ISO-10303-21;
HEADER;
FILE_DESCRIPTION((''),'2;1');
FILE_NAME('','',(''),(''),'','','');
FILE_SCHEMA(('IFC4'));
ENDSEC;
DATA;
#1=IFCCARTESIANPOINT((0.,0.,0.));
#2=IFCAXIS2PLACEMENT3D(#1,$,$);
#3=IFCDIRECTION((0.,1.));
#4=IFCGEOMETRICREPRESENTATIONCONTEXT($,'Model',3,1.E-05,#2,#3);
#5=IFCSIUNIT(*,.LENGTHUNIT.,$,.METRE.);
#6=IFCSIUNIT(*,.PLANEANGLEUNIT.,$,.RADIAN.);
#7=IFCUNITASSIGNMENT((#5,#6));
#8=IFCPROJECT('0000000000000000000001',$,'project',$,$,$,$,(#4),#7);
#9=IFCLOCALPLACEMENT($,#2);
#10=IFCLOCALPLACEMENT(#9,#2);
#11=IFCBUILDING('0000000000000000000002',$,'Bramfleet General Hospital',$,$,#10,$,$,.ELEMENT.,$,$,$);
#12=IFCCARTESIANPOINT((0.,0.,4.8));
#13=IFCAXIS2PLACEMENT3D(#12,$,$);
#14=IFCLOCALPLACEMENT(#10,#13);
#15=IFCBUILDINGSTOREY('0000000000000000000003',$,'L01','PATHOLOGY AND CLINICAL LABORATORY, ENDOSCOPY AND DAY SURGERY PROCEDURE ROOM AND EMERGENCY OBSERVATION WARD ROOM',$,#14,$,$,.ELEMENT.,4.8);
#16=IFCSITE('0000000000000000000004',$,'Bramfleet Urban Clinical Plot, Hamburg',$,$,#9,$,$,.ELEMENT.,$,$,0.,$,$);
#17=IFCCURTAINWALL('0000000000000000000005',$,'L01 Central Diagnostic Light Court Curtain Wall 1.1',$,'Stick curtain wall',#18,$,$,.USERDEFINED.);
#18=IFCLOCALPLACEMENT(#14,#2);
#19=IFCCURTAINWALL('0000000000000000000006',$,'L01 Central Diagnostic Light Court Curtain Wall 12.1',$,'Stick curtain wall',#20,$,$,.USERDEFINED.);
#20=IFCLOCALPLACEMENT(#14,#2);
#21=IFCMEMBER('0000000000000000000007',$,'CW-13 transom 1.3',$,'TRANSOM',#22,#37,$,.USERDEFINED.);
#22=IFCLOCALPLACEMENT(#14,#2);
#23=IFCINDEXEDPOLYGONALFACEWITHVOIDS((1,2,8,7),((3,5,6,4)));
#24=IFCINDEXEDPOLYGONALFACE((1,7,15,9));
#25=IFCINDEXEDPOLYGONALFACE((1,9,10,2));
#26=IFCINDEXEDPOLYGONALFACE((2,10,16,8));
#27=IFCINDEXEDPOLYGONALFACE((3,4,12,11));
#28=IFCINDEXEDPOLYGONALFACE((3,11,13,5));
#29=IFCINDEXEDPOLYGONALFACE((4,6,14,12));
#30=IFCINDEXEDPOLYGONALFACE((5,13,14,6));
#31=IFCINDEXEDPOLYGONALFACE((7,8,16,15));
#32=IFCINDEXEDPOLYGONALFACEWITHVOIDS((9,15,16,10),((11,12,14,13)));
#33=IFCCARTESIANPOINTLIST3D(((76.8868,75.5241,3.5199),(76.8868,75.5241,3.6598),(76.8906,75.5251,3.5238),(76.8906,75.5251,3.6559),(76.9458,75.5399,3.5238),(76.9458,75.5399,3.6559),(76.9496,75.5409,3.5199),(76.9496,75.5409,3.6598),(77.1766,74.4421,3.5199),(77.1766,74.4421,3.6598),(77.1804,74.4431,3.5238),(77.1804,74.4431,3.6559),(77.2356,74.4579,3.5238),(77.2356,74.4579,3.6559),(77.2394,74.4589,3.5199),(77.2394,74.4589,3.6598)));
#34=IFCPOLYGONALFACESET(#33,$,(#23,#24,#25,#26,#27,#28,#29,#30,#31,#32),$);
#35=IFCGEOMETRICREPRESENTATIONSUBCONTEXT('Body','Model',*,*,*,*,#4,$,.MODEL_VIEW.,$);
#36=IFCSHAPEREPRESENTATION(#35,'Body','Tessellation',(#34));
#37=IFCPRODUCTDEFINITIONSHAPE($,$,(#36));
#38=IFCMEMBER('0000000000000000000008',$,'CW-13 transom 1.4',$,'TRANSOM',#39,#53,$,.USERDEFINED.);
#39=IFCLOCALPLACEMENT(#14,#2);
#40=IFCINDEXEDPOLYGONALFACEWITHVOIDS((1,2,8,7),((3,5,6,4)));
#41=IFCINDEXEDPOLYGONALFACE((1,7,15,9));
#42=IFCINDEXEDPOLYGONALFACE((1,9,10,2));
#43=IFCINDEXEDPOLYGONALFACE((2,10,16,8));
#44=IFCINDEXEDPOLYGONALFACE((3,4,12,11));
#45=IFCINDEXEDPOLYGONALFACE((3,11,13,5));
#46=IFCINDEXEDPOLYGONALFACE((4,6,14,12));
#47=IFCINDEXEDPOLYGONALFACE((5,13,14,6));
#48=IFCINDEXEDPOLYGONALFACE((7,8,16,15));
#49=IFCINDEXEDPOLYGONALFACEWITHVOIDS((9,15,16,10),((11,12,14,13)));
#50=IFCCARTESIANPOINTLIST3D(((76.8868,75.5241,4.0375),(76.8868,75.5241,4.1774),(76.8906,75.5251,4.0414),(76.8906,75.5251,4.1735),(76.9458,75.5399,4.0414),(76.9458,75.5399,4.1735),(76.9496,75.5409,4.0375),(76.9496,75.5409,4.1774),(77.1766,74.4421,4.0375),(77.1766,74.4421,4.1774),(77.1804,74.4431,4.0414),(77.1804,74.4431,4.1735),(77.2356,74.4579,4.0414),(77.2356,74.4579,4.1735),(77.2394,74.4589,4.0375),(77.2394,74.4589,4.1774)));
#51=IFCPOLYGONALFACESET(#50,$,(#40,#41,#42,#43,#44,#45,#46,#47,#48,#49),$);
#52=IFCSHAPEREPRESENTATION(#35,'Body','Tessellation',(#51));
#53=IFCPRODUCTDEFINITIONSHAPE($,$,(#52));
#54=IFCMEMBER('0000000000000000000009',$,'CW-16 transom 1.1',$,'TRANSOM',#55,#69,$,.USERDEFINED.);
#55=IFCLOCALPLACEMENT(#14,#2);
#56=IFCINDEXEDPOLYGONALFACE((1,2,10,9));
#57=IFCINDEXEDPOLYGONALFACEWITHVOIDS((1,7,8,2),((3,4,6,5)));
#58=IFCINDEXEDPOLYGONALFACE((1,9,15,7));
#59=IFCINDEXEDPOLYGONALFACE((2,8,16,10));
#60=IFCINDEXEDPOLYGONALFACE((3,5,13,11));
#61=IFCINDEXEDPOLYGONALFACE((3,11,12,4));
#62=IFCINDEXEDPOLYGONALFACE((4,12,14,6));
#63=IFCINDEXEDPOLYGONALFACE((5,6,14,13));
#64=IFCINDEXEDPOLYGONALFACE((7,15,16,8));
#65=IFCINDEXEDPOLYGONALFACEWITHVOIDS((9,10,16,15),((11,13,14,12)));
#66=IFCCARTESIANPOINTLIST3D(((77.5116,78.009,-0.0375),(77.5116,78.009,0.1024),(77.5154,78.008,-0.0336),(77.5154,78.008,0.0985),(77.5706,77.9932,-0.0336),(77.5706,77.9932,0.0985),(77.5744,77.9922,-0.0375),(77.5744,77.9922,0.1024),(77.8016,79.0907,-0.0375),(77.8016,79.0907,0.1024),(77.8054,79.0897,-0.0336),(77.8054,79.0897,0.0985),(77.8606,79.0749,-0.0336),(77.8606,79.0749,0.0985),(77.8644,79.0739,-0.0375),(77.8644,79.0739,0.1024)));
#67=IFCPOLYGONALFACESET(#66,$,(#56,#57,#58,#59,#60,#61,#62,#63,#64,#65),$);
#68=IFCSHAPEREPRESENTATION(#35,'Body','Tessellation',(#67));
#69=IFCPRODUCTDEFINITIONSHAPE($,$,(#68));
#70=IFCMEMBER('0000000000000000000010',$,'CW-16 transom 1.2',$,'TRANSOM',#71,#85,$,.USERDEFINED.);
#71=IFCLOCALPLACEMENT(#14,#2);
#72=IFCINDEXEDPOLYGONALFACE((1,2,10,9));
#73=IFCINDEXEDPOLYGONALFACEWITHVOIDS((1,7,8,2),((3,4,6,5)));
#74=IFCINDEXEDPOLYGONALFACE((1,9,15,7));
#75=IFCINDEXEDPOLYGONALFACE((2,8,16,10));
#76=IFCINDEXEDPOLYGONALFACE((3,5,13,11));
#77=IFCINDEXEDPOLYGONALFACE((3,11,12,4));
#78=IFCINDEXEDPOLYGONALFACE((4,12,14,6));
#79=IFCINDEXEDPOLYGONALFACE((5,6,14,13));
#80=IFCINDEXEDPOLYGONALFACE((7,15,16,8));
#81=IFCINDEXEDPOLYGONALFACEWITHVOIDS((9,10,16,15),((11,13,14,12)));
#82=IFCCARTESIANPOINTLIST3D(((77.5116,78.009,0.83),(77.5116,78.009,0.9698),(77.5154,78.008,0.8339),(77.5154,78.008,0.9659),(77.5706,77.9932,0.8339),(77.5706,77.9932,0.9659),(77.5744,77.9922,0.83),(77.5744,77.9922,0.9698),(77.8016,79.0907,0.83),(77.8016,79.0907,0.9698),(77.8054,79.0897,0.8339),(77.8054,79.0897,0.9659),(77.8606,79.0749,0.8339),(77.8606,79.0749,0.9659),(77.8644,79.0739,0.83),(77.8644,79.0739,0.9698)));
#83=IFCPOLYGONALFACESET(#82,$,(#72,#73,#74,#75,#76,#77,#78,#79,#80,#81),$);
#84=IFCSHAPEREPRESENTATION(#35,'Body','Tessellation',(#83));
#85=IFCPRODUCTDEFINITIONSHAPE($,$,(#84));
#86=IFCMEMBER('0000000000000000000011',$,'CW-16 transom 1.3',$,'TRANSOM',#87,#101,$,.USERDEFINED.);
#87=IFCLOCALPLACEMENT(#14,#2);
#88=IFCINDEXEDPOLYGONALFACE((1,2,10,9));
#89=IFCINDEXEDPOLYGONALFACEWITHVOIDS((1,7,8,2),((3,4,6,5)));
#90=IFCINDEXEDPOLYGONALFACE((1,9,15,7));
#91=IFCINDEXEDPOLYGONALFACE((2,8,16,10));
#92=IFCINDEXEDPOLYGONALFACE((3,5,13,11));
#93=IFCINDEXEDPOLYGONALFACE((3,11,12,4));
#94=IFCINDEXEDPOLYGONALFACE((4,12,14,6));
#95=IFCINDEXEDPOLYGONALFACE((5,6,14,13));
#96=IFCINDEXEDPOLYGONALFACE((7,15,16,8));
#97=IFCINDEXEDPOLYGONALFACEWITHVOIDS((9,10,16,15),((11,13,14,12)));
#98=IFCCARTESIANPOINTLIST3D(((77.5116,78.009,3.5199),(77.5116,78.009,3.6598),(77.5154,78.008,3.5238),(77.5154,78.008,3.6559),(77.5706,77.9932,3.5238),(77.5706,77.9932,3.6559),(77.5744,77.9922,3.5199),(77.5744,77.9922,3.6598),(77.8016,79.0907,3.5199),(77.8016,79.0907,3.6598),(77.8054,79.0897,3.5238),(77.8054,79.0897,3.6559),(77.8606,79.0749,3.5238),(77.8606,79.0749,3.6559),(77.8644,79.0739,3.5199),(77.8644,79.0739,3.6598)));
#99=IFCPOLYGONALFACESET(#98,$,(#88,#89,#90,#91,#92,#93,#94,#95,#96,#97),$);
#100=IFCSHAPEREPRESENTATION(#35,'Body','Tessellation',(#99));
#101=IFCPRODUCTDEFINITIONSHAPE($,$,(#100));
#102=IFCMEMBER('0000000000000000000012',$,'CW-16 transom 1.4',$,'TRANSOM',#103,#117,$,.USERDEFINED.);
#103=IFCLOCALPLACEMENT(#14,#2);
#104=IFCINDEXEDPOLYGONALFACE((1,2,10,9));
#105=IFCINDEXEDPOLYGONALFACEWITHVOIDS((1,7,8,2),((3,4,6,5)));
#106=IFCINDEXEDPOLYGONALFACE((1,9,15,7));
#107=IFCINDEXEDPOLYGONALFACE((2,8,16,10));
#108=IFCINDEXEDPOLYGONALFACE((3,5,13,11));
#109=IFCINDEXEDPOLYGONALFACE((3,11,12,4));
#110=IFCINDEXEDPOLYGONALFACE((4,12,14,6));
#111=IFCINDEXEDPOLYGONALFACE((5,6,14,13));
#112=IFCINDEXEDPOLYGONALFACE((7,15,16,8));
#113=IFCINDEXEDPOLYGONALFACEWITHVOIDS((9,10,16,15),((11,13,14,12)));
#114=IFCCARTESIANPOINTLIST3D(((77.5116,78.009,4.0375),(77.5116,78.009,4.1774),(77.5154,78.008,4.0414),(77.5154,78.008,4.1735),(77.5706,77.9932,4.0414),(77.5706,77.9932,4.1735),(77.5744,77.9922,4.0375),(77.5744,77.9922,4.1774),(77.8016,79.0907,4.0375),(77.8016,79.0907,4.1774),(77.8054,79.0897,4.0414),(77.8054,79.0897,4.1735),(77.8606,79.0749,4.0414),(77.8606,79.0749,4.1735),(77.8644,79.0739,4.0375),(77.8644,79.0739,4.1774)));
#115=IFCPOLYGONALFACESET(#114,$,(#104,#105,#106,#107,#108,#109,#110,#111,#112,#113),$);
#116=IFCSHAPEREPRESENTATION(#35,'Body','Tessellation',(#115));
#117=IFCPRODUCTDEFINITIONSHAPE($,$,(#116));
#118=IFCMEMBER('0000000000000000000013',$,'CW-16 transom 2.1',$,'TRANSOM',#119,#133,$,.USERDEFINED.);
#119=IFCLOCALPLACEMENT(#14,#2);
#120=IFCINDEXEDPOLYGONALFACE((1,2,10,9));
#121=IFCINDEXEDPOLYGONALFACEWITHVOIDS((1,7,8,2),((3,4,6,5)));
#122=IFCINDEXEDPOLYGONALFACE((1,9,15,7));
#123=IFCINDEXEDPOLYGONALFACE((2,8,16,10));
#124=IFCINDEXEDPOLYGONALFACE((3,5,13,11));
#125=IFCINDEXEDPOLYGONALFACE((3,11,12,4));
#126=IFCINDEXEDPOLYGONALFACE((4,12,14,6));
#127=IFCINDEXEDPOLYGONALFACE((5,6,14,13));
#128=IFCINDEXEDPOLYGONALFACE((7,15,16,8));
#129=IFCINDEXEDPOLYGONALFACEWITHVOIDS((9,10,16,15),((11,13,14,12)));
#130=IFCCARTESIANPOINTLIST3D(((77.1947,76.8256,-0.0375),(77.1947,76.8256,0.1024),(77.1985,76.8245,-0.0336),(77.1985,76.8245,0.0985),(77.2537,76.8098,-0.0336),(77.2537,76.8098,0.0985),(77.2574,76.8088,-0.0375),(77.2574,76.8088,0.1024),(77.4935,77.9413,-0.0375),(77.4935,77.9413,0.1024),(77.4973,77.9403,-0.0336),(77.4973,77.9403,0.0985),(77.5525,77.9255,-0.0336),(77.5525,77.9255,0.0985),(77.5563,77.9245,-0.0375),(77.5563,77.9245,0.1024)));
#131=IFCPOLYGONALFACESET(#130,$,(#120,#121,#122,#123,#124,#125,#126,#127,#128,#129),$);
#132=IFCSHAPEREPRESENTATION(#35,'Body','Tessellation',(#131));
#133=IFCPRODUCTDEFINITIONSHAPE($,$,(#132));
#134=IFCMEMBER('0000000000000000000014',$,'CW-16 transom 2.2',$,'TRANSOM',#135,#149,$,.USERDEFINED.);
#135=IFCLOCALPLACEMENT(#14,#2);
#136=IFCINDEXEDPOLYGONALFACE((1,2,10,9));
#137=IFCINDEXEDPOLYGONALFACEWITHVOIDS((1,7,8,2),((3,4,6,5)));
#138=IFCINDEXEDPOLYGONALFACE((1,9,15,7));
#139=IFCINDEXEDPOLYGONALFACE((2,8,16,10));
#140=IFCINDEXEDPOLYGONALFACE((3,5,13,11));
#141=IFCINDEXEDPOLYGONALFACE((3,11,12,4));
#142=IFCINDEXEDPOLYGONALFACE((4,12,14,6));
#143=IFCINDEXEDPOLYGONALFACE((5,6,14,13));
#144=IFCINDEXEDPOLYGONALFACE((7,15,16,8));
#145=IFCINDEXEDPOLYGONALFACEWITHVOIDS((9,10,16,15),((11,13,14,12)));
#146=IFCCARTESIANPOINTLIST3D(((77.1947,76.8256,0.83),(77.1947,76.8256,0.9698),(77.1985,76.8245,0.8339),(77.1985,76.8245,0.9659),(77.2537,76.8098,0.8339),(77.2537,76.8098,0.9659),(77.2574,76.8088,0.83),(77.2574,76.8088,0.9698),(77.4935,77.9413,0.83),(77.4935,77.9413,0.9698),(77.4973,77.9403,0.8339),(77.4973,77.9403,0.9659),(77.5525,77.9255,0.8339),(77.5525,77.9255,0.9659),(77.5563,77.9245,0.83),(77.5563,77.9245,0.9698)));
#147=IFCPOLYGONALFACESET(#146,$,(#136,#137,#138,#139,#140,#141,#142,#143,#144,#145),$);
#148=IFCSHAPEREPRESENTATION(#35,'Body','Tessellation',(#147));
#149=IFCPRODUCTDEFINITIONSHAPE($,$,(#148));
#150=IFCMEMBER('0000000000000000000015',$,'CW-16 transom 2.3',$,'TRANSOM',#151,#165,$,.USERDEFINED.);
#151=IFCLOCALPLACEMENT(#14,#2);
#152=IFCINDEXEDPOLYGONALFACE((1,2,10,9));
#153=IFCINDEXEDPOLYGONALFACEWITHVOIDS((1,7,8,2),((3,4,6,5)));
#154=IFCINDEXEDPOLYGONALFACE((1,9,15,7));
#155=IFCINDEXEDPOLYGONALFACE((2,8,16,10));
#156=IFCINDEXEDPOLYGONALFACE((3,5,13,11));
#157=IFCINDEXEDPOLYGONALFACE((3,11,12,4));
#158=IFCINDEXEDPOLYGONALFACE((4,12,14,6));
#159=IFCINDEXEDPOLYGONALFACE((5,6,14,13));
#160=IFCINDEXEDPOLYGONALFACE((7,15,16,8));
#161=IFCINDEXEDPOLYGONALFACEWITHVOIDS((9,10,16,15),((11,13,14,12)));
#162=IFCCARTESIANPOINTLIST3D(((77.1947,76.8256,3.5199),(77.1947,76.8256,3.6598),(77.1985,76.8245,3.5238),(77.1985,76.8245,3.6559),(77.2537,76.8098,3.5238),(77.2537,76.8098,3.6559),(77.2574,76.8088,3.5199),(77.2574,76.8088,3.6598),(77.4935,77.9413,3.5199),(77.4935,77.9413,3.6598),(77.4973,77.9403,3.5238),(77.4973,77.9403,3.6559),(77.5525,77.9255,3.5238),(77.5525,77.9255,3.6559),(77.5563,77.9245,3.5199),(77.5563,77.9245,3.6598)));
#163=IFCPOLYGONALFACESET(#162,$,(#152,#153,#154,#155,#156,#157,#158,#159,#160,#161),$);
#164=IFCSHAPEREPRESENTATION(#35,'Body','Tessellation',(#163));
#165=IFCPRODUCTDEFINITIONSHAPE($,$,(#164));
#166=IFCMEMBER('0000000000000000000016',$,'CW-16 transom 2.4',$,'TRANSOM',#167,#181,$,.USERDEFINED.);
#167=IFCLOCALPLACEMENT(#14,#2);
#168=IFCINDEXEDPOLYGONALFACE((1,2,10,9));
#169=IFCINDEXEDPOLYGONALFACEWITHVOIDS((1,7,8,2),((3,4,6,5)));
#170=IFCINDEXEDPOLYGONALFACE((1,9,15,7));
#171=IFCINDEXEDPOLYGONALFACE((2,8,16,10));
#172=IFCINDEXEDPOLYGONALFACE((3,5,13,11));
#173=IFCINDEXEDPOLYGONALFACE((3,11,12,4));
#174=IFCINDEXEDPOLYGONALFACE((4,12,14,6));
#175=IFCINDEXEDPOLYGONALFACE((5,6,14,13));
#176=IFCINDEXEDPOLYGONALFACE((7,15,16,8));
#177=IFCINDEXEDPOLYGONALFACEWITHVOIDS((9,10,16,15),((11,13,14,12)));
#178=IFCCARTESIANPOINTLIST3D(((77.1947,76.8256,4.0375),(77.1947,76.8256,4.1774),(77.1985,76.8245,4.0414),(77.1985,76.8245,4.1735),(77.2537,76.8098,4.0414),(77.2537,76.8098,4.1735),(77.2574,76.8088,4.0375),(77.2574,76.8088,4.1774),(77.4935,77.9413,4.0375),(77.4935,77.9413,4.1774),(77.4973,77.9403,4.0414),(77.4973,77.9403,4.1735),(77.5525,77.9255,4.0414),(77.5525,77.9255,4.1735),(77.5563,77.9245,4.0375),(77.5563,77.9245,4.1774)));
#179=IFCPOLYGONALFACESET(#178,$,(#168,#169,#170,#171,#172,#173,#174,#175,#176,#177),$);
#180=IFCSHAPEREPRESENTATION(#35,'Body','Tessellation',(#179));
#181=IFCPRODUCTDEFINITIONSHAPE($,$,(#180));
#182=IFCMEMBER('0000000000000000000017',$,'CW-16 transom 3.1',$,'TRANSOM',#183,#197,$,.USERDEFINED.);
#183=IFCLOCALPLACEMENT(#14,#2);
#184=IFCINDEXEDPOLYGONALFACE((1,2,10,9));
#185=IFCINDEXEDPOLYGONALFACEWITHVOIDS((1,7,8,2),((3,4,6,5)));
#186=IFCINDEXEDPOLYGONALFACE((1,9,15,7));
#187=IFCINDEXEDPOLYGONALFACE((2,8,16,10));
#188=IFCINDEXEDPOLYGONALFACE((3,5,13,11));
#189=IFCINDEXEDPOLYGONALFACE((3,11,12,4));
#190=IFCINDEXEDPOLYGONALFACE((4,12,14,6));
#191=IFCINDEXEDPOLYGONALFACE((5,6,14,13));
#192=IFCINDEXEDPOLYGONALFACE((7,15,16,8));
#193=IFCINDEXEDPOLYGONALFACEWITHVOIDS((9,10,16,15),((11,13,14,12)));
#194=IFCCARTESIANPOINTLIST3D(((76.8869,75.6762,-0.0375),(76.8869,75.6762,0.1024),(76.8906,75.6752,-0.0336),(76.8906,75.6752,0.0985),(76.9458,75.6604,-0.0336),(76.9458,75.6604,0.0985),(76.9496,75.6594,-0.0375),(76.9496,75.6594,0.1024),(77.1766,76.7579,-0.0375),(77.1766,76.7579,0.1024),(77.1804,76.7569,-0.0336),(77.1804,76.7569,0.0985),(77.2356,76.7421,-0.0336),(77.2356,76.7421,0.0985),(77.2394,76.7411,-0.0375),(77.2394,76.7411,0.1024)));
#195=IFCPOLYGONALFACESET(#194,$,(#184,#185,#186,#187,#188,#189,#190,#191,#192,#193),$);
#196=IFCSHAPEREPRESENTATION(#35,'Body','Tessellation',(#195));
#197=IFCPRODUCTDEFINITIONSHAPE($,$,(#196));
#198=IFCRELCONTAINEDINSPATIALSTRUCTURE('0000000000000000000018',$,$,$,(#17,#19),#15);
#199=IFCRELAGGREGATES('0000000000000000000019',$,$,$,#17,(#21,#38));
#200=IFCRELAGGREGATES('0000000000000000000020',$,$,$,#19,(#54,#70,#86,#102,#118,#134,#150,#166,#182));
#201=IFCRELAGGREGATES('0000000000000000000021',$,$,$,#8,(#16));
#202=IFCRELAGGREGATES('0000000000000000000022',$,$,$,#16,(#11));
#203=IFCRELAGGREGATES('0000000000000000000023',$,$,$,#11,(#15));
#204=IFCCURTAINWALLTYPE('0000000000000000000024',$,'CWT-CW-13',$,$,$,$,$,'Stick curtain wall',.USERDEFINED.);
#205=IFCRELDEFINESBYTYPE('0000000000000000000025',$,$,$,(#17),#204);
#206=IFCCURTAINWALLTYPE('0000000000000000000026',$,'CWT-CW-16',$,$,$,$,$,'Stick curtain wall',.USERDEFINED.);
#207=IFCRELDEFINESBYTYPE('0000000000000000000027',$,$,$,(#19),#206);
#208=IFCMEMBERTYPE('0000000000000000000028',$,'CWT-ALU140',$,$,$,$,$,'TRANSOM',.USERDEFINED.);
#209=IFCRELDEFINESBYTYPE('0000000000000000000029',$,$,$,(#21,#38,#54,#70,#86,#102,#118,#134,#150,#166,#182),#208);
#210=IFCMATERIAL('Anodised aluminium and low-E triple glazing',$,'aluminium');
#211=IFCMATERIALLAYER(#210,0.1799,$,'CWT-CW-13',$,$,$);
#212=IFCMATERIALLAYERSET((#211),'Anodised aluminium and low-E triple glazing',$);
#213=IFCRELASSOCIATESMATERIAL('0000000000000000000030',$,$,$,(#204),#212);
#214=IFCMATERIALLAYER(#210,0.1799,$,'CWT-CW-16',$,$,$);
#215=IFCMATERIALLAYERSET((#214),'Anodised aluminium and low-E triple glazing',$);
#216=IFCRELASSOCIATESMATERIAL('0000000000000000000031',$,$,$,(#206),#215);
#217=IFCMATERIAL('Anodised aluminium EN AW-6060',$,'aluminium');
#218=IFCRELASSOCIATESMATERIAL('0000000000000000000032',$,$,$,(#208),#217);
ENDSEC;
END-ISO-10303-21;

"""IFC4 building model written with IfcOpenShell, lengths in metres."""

from ifc_helpers import new_model, si_unit, direction, frame, origin, origin_2d, place, context, subcontext, project, spatial, hollow_rectangle, extrude, material, layer, layer_set, material_profile, profile_set, type_object, element, aggregate, save


model = new_model("IFC4")

# Units and contexts
model_context = context("Model", 3, precision=1e-05, world=origin(), true_north=direction((0.0, 1.0)))
body_context = subcontext(model_context, "Body", "Model", "MODEL_VIEW")
ifc_project = project(units=[si_unit("LENGTHUNIT", "METRE"), si_unit("PLANEANGLEUNIT", "RADIAN")], contexts=[model_context])

# Site, building, storey
site_placement = place(None, origin())
site = spatial("IfcSite", under=ifc_project, at=site_placement, Name="Bramfleet Urban Clinical Plot, Hamburg", CompositionType="ELEMENT", RefElevation=0.0)
building_placement = place(site_placement, origin())
building = spatial("IfcBuilding", under=site, at=building_placement, Name="Bramfleet General Hospital", CompositionType="ELEMENT")
storey_placement = place(building_placement, frame((0.0, 0.0, 4.8)))
storey = spatial("IfcBuildingStorey", under=building, at=storey_placement, Name="L01", Description="PATHOLOGY AND CLINICAL LABORATORY, ENDOSCOPY AND DAY SURGERY PROCEDURE ROOM AND EMERGENCY OBSERVATION WARD ROOM", CompositionType="ELEMENT", Elevation=4.8)

# Curtain wall
ifc_material_1 = material(Name="Anodised aluminium and low-E triple glazing", Category="aluminium")
ifc_layer_1 = layer(ifc_material_1, 0.1799, Name="CWT-CW-13")
ifc_layer_set_1 = layer_set([ifc_layer_1], Name="Anodised aluminium and low-E triple glazing")
curtain_wall_type_1 = type_object("IfcCurtainWallType", Name="CWT-CW-13", ElementType="Stick curtain wall", PredefinedType="USERDEFINED", material=ifc_layer_set_1)
curtain_wall_1_placement = place(storey_placement, origin())
curtain_wall_1 = element("IfcCurtainWall", 1, at=curtain_wall_1_placement, inside=storey, type_object=curtain_wall_type_1, Name="L01 Central Diagnostic Light Court Curtain Wall 1.1", ObjectType="Stick curtain wall", PredefinedType="USERDEFINED")
ifc_material_2 = material(Name="Anodised aluminium EN AW-6060", Category="aluminium")

# Curtain wall
ifc_layer_2 = layer(ifc_material_1, 0.1799, Name="CWT-CW-16")
ifc_layer_set_2 = layer_set([ifc_layer_2], Name="Anodised aluminium and low-E triple glazing")
curtain_wall_type_2 = type_object("IfcCurtainWallType", Name="CWT-CW-16", ElementType="Stick curtain wall", PredefinedType="USERDEFINED", material=ifc_layer_set_2)
curtain_wall_2_placement = place(storey_placement, origin())
curtain_wall_2 = element("IfcCurtainWall", 2, at=curtain_wall_2_placement, inside=storey, type_object=curtain_wall_type_2, Name="L01 Central Diagnostic Light Court Curtain Wall 12.1", ObjectType="Stick curtain wall", PredefinedType="USERDEFINED")

# Members
ifc_material_profile_1 = material_profile(ifc_material_2, hollow_rectangle(XDim=0.0649, YDim=0.1399, WallThickness=0.0039, at=origin_2d()), Name="ALU 140x65x4.0")
ifc_profile_set_1 = profile_set([ifc_material_profile_1], Name="Anodised aluminium EN AW-6060")
member_type_1 = type_object("IfcMemberType", Name="CWT-ALU140", ElementType="TRANSOM", PredefinedType="USERDEFINED", material=ifc_profile_set_1)
member_1_placement = place(storey_placement, frame((76.9182, 75.5325, 3.5898), z_axis=(0.258707, -0.965956, 0.0), x_axis=(0.965956, 0.258707, 0.0)))
member_1 = element("IfcMember", 3, at=member_1_placement, type_object=member_type_1, Name="CW-13 transom 1.3", ObjectType="TRANSOM", PredefinedType="USERDEFINED", context=body_context, shape_type="SweptSolid", body=[
    extrude(hollow_rectangle(XDim=0.0649, YDim=0.1399, WallThickness=0.0039, at=origin_2d()), origin(), (0.0, 0.0, 1.0), 1.1201),
])
member_2_placement = place(storey_placement, frame((76.9182, 75.5325, 4.1074), z_axis=(0.258707, -0.965956, 0.0), x_axis=(0.965956, 0.258707, 0.0)))
member_2 = element("IfcMember", 4, at=member_2_placement, type_object=member_type_1, Name="CW-13 transom 1.4", ObjectType="TRANSOM", PredefinedType="USERDEFINED", context=body_context, shape_type="SweptSolid", body=[
    extrude(hollow_rectangle(XDim=0.0649, YDim=0.1399, WallThickness=0.0039, at=origin_2d()), origin(), (0.0, 0.0, 1.0), 1.1201),
])
member_3_placement = place(storey_placement, frame((77.833, 79.0823, 0.0325), z_axis=(-0.258965, -0.965887, 0.0), x_axis=(0.965887, -0.258965, 0.0)))
member_3 = element("IfcMember", 5, at=member_3_placement, type_object=member_type_1, Name="CW-16 transom 1.1", ObjectType="TRANSOM", PredefinedType="USERDEFINED", context=body_context, shape_type="SweptSolid", body=[
    extrude(hollow_rectangle(XDim=0.0649, YDim=0.1399, WallThickness=0.0039, at=origin_2d()), origin(), (0.0, 0.0, 1.0), 1.1199),
])
member_4_placement = place(storey_placement, frame((77.833, 79.0823, 0.8999), z_axis=(-0.258965, -0.965887, 0.0), x_axis=(0.965887, -0.258965, 0.0)))
member_4 = element("IfcMember", 6, at=member_4_placement, type_object=member_type_1, Name="CW-16 transom 1.2", ObjectType="TRANSOM", PredefinedType="USERDEFINED", context=body_context, shape_type="SweptSolid", body=[
    extrude(hollow_rectangle(XDim=0.0649, YDim=0.1399, WallThickness=0.0039, at=origin_2d()), origin(), (0.0, 0.0, 1.0), 1.1199),
])
member_5_placement = place(storey_placement, frame((77.833, 79.0823, 3.5898), z_axis=(-0.258965, -0.965887, 0.0), x_axis=(0.965887, -0.258965, 0.0)))
member_5 = element("IfcMember", 7, at=member_5_placement, type_object=member_type_1, Name="CW-16 transom 1.3", ObjectType="TRANSOM", PredefinedType="USERDEFINED", context=body_context, shape_type="SweptSolid", body=[
    extrude(hollow_rectangle(XDim=0.0649, YDim=0.1399, WallThickness=0.0039, at=origin_2d()), origin(), (0.0, 0.0, 1.0), 1.1199),
])
member_6_placement = place(storey_placement, frame((77.833, 79.0823, 4.1074), z_axis=(-0.258965, -0.965887, 0.0), x_axis=(0.965887, -0.258965, 0.0)))
member_6 = element("IfcMember", 8, at=member_6_placement, type_object=member_type_1, Name="CW-16 transom 1.4", ObjectType="TRANSOM", PredefinedType="USERDEFINED", context=body_context, shape_type="SweptSolid", body=[
    extrude(hollow_rectangle(XDim=0.0649, YDim=0.1399, WallThickness=0.0039, at=origin_2d()), origin(), (0.0, 0.0, 1.0), 1.1199),
])
member_7_placement = place(storey_placement, frame((77.5249, 77.9329, 0.0325), z_axis=(-0.258715, -0.965954, 0.0), x_axis=(0.965954, -0.258715, 0.0)))
member_7 = element("IfcMember", 9, at=member_7_placement, type_object=member_type_1, Name="CW-16 transom 2.1", ObjectType="TRANSOM", PredefinedType="USERDEFINED", context=body_context, shape_type="SweptSolid", body=[
    extrude(hollow_rectangle(XDim=0.0649, YDim=0.1399, WallThickness=0.0039, at=origin_2d()), origin(), (0.0, 0.0, 1.0), 1.155),
])
member_8_placement = place(storey_placement, frame((77.5249, 77.9329, 0.8999), z_axis=(-0.258715, -0.965954, 0.0), x_axis=(0.965954, -0.258715, 0.0)))
member_8 = element("IfcMember", 10, at=member_8_placement, type_object=member_type_1, Name="CW-16 transom 2.2", ObjectType="TRANSOM", PredefinedType="USERDEFINED", context=body_context, shape_type="SweptSolid", body=[
    extrude(hollow_rectangle(XDim=0.0649, YDim=0.1399, WallThickness=0.0039, at=origin_2d()), origin(), (0.0, 0.0, 1.0), 1.155),
])
member_9_placement = place(storey_placement, frame((77.5249, 77.9329, 3.5898), z_axis=(-0.258715, -0.965954, 0.0), x_axis=(0.965954, -0.258715, 0.0)))
member_9 = element("IfcMember", 11, at=member_9_placement, type_object=member_type_1, Name="CW-16 transom 2.3", ObjectType="TRANSOM", PredefinedType="USERDEFINED", context=body_context, shape_type="SweptSolid", body=[
    extrude(hollow_rectangle(XDim=0.0649, YDim=0.1399, WallThickness=0.0039, at=origin_2d()), origin(), (0.0, 0.0, 1.0), 1.155),
])
member_10_placement = place(storey_placement, frame((77.5249, 77.9329, 4.1074), z_axis=(-0.258715, -0.965954, 0.0), x_axis=(0.965954, -0.258715, 0.0)))
member_10 = element("IfcMember", 12, at=member_10_placement, type_object=member_type_1, Name="CW-16 transom 2.4", ObjectType="TRANSOM", PredefinedType="USERDEFINED", context=body_context, shape_type="SweptSolid", body=[
    extrude(hollow_rectangle(XDim=0.0649, YDim=0.1399, WallThickness=0.0039, at=origin_2d()), origin(), (0.0, 0.0, 1.0), 1.155),
])
member_11_placement = place(storey_placement, frame((77.208, 76.7495, 0.0325), z_axis=(-0.258762, -0.965941, 0.0), x_axis=(0.965941, -0.258762, 0.0)))
member_11 = element("IfcMember", 13, at=member_11_placement, type_object=member_type_1, Name="CW-16 transom 3.1", ObjectType="TRANSOM", PredefinedType="USERDEFINED", context=body_context, shape_type="SweptSolid", body=[
    extrude(hollow_rectangle(XDim=0.0649, YDim=0.1399, WallThickness=0.0039, at=origin_2d()), origin(), (0.0, 0.0, 1.0), 1.1199),
])

aggregate(curtain_wall_1, [member_1, member_2])
aggregate(curtain_wall_2, [member_3, member_4, member_5, member_6, member_7, member_8, member_9, member_10, member_11])

save(model, "model.ifc")
